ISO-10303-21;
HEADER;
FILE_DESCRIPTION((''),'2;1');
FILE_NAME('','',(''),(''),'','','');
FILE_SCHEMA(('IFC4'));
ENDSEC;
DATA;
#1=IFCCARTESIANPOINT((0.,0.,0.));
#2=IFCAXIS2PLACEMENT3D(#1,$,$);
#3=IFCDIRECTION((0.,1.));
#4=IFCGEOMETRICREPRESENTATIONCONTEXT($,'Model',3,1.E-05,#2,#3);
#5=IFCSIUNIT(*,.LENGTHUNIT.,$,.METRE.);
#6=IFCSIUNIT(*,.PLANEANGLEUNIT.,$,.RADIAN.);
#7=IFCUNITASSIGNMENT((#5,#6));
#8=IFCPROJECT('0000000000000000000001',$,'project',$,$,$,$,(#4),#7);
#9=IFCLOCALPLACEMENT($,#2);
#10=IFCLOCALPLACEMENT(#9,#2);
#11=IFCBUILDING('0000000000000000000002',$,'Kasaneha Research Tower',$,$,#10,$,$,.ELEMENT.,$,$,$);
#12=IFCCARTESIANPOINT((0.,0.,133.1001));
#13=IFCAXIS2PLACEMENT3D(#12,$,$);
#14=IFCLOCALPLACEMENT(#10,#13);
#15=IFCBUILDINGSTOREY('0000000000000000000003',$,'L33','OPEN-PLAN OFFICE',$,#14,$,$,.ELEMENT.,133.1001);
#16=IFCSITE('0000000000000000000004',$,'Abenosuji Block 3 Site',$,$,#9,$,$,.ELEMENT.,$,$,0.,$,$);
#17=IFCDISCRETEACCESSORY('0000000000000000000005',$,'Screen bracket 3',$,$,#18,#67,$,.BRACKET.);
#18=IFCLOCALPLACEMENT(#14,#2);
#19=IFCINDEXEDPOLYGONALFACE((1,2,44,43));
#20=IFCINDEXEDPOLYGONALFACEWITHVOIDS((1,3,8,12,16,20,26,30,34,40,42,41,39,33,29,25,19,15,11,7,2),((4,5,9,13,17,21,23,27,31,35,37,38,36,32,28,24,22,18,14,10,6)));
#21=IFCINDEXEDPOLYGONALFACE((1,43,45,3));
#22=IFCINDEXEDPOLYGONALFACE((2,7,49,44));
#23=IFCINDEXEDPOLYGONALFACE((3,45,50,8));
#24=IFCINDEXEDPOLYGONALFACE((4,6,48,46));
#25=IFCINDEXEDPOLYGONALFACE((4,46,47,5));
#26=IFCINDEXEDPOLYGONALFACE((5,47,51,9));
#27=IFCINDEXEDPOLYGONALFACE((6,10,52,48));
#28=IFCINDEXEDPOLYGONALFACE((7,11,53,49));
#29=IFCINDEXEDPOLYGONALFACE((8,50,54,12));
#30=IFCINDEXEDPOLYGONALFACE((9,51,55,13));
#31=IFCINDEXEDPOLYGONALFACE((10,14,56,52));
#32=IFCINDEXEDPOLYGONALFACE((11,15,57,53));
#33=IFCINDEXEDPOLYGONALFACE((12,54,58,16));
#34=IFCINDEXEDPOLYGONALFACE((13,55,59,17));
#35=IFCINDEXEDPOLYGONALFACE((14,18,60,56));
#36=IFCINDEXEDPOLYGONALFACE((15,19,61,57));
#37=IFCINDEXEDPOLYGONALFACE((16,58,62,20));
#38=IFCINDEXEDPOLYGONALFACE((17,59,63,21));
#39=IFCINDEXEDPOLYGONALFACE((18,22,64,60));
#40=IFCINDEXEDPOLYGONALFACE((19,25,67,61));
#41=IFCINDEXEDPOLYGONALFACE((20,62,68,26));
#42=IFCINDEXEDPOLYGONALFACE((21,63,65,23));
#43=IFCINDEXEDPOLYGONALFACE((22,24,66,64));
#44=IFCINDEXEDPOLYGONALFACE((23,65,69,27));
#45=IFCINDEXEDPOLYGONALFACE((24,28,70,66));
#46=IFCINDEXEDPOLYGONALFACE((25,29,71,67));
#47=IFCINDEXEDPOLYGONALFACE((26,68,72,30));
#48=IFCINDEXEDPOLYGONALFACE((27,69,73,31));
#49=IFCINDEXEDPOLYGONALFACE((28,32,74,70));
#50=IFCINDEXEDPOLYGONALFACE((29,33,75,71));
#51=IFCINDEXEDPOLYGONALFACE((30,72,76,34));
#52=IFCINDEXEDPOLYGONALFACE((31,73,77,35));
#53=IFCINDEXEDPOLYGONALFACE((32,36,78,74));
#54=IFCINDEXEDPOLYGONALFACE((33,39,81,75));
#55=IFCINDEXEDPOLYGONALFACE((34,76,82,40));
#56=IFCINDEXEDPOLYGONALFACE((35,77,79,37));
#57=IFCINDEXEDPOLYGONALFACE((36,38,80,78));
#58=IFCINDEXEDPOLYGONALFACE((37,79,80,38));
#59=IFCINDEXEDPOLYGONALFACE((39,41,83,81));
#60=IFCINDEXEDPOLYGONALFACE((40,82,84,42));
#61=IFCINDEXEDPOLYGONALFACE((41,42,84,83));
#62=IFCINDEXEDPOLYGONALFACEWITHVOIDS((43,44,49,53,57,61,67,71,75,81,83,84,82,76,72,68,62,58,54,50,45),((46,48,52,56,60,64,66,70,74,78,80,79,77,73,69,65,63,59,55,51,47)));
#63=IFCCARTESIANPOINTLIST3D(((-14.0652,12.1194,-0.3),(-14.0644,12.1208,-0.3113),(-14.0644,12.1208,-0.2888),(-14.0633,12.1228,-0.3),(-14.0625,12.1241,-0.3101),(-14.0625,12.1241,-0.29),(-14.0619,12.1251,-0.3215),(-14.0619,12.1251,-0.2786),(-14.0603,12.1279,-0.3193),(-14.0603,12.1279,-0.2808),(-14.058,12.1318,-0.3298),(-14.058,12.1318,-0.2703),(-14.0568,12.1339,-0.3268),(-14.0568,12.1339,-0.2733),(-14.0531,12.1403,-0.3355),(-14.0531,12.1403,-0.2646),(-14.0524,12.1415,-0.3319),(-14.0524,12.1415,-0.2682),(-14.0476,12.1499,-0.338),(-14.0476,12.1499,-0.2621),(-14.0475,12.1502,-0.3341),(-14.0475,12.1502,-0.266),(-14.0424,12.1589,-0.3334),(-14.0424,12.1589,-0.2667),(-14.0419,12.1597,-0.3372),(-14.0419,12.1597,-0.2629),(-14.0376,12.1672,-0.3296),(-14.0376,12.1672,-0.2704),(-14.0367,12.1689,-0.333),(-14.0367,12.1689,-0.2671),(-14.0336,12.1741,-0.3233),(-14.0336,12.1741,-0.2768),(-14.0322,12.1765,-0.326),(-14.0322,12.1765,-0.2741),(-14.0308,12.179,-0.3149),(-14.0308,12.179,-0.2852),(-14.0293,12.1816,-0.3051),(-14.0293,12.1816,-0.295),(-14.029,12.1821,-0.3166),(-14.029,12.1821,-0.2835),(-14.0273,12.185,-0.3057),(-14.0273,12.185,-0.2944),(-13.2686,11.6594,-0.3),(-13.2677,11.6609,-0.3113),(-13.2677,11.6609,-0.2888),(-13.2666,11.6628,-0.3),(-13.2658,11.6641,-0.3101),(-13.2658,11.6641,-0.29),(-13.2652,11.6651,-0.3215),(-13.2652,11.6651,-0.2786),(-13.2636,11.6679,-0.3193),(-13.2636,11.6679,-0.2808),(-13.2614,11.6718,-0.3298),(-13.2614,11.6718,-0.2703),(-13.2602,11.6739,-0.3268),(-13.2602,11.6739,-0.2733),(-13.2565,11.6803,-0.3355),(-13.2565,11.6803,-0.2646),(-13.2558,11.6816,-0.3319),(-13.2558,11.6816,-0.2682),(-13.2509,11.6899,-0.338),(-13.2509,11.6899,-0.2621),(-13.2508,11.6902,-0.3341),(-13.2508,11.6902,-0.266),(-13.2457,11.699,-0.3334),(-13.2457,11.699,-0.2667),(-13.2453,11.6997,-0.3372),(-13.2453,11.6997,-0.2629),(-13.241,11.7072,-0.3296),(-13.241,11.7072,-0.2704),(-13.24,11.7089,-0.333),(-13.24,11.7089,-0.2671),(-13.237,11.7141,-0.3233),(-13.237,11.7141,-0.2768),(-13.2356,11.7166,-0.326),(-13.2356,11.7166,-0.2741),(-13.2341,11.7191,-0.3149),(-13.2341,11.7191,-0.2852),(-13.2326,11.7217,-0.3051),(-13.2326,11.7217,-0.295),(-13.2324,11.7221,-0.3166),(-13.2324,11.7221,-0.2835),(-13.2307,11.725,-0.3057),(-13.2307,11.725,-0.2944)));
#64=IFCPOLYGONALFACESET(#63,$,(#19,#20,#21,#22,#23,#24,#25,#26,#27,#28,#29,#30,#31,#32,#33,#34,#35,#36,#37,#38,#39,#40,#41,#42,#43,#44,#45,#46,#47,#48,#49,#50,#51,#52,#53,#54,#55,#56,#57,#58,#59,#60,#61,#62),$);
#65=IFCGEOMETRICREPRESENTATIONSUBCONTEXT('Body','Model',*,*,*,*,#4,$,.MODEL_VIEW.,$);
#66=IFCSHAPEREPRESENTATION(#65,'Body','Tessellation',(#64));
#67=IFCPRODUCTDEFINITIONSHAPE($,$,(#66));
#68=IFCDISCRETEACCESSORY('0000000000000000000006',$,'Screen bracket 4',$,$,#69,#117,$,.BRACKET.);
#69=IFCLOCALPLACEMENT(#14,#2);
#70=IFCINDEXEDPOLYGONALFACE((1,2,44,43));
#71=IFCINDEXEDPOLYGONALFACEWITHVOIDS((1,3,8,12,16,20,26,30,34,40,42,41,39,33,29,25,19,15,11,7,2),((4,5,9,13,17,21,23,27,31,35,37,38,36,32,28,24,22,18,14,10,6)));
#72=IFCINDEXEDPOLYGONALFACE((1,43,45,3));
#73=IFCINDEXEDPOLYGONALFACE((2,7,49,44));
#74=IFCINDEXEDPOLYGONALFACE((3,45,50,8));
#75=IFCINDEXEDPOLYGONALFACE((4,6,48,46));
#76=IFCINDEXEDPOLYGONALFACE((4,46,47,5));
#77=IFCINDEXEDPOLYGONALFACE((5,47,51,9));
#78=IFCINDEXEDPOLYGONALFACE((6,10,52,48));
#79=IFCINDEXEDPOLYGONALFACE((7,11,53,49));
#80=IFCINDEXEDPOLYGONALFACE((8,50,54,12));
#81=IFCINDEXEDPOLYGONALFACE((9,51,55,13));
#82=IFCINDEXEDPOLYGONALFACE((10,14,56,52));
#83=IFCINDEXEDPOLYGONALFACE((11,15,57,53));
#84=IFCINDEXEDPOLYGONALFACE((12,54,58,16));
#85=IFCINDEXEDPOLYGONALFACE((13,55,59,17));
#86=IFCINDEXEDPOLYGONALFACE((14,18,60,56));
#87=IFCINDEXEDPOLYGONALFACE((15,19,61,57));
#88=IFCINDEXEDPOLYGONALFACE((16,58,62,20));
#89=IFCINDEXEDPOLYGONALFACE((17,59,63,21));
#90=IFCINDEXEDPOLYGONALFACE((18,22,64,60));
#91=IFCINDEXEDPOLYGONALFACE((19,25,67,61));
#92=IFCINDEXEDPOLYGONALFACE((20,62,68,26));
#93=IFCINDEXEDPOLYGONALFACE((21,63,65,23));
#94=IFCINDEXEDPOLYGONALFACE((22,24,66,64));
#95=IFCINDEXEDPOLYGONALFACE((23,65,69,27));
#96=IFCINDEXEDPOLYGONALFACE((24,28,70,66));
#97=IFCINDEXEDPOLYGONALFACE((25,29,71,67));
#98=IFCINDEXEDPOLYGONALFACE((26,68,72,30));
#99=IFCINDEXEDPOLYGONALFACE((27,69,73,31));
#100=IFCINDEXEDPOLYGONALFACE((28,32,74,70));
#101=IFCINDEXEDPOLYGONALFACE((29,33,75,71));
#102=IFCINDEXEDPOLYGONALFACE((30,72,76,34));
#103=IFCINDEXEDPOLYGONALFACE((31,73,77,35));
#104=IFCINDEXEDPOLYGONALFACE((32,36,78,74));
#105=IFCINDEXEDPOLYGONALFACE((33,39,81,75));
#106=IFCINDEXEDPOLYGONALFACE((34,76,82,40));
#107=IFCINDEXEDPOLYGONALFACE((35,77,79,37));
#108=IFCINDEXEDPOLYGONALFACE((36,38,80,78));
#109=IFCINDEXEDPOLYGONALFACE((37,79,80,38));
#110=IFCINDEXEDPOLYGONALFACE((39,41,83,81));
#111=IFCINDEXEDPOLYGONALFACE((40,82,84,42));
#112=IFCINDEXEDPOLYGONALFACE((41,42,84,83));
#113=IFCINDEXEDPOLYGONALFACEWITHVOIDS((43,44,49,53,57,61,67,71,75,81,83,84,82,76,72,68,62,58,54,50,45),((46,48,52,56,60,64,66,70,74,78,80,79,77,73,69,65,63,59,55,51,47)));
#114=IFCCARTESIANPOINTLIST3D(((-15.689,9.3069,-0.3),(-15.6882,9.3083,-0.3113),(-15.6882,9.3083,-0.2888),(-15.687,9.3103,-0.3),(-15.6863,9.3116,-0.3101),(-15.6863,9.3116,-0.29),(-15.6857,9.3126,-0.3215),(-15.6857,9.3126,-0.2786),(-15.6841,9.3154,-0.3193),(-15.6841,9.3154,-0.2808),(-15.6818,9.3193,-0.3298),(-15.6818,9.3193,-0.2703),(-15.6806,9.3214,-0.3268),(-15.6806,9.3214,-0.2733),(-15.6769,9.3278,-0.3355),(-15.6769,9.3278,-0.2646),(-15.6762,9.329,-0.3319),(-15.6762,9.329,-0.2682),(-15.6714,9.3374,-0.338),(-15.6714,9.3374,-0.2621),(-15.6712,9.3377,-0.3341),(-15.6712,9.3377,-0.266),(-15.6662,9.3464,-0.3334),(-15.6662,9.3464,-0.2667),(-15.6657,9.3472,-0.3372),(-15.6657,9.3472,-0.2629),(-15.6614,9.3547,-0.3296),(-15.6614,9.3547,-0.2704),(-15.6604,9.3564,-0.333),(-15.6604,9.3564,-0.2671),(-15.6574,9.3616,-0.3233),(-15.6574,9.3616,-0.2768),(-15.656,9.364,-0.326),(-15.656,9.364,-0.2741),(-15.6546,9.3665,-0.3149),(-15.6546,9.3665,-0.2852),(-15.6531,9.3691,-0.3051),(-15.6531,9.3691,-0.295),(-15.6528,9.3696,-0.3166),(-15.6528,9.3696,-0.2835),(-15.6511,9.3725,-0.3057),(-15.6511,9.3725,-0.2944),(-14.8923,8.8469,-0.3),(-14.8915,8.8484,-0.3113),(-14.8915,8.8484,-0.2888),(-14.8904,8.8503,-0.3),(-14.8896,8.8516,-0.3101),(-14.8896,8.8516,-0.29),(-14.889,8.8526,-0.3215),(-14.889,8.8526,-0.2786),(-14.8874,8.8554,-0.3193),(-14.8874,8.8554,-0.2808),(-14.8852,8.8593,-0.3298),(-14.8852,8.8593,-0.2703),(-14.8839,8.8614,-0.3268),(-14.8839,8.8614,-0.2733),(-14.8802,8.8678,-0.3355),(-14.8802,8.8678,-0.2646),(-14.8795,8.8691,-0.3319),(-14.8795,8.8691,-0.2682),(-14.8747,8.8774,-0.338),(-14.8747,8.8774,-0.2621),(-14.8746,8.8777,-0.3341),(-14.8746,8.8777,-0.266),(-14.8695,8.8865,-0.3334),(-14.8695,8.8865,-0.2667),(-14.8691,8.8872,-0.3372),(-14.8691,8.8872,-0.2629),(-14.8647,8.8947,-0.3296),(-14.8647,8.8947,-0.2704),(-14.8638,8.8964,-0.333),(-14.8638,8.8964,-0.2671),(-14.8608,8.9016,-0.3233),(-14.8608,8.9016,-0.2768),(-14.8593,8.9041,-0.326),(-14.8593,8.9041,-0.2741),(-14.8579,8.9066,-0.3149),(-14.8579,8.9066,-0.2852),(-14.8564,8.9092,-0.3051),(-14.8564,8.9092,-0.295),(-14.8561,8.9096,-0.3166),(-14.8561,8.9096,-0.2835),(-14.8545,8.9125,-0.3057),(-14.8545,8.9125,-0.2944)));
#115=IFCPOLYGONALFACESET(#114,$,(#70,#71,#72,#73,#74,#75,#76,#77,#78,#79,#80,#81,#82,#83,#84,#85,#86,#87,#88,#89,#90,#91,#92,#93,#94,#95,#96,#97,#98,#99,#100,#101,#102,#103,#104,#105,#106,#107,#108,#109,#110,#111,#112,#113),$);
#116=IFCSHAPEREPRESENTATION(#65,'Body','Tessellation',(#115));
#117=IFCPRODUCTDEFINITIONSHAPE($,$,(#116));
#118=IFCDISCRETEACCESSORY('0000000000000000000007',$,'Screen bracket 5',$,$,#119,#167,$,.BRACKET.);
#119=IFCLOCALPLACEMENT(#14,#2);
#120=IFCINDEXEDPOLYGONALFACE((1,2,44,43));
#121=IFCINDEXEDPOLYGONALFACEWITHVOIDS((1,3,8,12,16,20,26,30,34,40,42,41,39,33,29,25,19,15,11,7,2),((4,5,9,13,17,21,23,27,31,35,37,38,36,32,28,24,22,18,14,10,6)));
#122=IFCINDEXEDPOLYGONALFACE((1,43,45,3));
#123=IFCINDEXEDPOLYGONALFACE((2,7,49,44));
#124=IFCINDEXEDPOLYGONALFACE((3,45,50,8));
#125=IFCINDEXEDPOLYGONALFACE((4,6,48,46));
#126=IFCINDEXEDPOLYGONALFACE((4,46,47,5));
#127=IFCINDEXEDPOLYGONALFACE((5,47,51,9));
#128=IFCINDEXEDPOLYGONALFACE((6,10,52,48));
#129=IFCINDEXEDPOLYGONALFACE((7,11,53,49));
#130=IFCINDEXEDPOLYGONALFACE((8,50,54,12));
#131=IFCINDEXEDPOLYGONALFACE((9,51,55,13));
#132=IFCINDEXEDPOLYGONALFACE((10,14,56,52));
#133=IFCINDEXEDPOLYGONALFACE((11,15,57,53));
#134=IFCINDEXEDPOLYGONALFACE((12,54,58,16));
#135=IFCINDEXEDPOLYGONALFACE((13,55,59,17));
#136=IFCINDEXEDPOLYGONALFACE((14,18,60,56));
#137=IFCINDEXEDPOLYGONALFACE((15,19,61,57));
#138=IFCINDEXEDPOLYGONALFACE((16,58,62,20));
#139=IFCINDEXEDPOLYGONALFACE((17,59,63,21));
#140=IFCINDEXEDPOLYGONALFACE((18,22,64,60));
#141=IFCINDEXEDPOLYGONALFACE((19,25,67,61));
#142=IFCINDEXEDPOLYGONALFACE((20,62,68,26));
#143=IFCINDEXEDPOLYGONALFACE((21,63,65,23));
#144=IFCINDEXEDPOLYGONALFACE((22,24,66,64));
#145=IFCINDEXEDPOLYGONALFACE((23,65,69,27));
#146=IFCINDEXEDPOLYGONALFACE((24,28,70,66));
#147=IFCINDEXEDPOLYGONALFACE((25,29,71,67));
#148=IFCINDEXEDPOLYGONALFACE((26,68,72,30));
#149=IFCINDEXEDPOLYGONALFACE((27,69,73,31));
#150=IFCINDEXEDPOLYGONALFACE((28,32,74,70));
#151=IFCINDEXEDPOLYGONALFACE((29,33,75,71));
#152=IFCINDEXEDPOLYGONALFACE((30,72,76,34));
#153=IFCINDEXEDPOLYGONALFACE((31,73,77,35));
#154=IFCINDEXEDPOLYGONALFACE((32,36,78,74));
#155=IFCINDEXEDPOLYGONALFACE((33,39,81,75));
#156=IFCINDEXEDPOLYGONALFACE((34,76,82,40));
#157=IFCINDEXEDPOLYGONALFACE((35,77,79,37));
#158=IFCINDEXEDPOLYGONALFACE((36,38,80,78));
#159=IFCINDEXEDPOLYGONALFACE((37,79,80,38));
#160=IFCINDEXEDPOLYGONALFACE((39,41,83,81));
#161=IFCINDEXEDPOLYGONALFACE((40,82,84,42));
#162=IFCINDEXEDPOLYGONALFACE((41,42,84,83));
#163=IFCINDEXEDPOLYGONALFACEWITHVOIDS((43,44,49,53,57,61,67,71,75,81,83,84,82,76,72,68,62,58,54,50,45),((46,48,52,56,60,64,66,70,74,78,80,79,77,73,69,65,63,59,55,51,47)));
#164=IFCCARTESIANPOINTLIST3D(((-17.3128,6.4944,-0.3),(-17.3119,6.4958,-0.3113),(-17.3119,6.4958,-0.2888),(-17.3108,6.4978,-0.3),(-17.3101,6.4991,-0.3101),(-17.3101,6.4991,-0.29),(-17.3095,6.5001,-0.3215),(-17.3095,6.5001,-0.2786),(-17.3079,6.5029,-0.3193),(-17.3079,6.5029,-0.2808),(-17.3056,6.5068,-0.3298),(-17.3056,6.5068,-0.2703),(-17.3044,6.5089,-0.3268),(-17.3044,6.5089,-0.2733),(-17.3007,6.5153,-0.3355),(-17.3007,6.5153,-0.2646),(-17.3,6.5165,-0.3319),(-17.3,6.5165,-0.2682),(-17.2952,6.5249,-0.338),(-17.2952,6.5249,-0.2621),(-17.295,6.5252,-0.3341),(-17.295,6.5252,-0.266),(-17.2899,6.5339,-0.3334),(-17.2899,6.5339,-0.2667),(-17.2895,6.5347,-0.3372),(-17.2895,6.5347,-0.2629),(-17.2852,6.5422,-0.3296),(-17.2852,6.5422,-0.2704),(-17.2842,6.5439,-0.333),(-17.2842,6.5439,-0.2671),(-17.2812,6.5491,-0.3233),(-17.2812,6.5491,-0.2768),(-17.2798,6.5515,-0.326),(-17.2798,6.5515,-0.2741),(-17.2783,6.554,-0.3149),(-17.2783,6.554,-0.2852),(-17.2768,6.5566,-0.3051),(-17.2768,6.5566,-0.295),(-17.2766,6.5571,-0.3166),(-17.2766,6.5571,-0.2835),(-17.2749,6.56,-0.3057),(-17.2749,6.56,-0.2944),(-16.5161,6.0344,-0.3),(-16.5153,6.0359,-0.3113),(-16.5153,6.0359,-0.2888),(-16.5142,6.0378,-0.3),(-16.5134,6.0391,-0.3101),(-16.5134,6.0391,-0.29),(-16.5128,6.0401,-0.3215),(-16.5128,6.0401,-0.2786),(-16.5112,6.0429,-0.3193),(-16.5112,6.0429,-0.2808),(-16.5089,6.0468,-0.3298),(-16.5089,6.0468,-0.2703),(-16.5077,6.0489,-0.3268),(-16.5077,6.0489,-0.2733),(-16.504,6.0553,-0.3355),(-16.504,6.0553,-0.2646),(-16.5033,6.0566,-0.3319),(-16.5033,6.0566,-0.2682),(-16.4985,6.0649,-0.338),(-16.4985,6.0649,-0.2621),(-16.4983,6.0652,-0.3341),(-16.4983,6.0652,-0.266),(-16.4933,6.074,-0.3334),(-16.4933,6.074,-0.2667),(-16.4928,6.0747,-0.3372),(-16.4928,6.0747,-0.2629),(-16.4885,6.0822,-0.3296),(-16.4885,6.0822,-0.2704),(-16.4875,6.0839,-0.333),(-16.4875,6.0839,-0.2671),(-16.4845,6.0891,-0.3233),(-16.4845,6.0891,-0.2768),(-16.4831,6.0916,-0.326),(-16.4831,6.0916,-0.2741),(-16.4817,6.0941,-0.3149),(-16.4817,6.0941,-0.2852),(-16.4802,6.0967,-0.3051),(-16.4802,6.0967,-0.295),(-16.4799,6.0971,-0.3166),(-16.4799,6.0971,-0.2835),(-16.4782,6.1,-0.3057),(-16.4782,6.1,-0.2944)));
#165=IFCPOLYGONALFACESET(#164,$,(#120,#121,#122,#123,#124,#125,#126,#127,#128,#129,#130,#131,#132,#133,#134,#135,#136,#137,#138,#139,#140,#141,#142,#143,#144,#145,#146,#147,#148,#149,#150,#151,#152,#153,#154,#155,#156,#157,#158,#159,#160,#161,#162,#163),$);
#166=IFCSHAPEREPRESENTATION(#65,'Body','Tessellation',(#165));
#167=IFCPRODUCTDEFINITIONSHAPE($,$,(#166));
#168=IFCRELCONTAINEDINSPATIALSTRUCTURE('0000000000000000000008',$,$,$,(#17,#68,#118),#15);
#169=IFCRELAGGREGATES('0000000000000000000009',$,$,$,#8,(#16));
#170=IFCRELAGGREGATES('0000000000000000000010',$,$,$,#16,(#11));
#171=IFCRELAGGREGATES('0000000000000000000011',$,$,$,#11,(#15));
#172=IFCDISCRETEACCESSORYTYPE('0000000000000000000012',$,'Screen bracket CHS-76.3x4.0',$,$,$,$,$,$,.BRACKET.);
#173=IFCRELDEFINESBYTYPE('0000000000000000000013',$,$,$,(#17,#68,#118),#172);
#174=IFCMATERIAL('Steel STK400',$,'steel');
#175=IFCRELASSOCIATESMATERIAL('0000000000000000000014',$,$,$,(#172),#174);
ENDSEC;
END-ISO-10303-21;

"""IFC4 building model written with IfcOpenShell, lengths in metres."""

from ifc_helpers import new_model, si_unit, direction, frame, origin, origin_2d, place, context, subcontext, project, spatial, hollow_circle, extrude, material, material_profile, profile_set, type_object, element, save


model = new_model("IFC4")

# Units and contexts
model_context = context("Model", 3, precision=1e-05, world=origin(), true_north=direction((0.0, 1.0)))
body_context = subcontext(model_context, "Body", "Model", "MODEL_VIEW")
ifc_project = project(units=[si_unit("LENGTHUNIT", "METRE"), si_unit("PLANEANGLEUNIT", "RADIAN")], contexts=[model_context])

# Site, building, storey
site_placement = place(None, origin())
site = spatial("IfcSite", under=ifc_project, at=site_placement, Name="Abenosuji Block 3 Site", CompositionType="ELEMENT", RefElevation=0.0)
building_placement = place(site_placement, origin())
building = spatial("IfcBuilding", under=site, at=building_placement, Name="Kasaneha Research Tower", CompositionType="ELEMENT")
storey_placement = place(building_placement, frame((0.0, 0.0, 133.1001)))
storey = spatial("IfcBuildingStorey", under=building, at=storey_placement, Name="L33", Description="OPEN-PLAN OFFICE", CompositionType="ELEMENT", Elevation=133.1001)

# Discrete accessories
ifc_material_1 = material(Name="Steel STK400", Category="steel")
ifc_material_profile_1 = material_profile(ifc_material_1, hollow_circle(Radius=0.0381, WallThickness=0.0039, at=origin_2d()), Name="CHS-76.3x4.0")
ifc_profile_set_1 = profile_set([ifc_material_profile_1], Name="Steel STK400")
discrete_accessory_type = type_object("IfcDiscreteAccessoryType", Name="Screen bracket CHS-76.3x4.0", PredefinedType="BRACKET", material=ifc_profile_set_1)
for number, where, z_axis, x_axis, name in (
    (1, (-13.2495, 11.6924, -0.3), (-0.866013, 0.500021, 0.0), (-0.500021, -0.866013, 0.0), "Screen bracket 3"),
    (2, (-14.8733, 8.8799, -0.3), (-0.866013, 0.500021, 0.0), (-0.500021, -0.866013, 0.0), "Screen bracket 4"),
    (3, (-16.4971, 6.0674, -0.3), (-0.866013, 0.500021, 0.0), (-0.500021, -0.866013, 0.0), "Screen bracket 5"),
):
    element("IfcDiscreteAccessory", number, at=place(storey_placement, frame(where, z_axis=z_axis, x_axis=x_axis)), inside=storey, type_object=discrete_accessory_type, Name=name, PredefinedType="BRACKET", context=body_context, shape_type="SweptSolid", body=[
        extrude(hollow_circle(Radius=0.0381, WallThickness=0.0039, at=origin_2d()), origin(), (0.0, 0.0, 1.0), 0.9199),
    ])

save(model, "model.ifc")
